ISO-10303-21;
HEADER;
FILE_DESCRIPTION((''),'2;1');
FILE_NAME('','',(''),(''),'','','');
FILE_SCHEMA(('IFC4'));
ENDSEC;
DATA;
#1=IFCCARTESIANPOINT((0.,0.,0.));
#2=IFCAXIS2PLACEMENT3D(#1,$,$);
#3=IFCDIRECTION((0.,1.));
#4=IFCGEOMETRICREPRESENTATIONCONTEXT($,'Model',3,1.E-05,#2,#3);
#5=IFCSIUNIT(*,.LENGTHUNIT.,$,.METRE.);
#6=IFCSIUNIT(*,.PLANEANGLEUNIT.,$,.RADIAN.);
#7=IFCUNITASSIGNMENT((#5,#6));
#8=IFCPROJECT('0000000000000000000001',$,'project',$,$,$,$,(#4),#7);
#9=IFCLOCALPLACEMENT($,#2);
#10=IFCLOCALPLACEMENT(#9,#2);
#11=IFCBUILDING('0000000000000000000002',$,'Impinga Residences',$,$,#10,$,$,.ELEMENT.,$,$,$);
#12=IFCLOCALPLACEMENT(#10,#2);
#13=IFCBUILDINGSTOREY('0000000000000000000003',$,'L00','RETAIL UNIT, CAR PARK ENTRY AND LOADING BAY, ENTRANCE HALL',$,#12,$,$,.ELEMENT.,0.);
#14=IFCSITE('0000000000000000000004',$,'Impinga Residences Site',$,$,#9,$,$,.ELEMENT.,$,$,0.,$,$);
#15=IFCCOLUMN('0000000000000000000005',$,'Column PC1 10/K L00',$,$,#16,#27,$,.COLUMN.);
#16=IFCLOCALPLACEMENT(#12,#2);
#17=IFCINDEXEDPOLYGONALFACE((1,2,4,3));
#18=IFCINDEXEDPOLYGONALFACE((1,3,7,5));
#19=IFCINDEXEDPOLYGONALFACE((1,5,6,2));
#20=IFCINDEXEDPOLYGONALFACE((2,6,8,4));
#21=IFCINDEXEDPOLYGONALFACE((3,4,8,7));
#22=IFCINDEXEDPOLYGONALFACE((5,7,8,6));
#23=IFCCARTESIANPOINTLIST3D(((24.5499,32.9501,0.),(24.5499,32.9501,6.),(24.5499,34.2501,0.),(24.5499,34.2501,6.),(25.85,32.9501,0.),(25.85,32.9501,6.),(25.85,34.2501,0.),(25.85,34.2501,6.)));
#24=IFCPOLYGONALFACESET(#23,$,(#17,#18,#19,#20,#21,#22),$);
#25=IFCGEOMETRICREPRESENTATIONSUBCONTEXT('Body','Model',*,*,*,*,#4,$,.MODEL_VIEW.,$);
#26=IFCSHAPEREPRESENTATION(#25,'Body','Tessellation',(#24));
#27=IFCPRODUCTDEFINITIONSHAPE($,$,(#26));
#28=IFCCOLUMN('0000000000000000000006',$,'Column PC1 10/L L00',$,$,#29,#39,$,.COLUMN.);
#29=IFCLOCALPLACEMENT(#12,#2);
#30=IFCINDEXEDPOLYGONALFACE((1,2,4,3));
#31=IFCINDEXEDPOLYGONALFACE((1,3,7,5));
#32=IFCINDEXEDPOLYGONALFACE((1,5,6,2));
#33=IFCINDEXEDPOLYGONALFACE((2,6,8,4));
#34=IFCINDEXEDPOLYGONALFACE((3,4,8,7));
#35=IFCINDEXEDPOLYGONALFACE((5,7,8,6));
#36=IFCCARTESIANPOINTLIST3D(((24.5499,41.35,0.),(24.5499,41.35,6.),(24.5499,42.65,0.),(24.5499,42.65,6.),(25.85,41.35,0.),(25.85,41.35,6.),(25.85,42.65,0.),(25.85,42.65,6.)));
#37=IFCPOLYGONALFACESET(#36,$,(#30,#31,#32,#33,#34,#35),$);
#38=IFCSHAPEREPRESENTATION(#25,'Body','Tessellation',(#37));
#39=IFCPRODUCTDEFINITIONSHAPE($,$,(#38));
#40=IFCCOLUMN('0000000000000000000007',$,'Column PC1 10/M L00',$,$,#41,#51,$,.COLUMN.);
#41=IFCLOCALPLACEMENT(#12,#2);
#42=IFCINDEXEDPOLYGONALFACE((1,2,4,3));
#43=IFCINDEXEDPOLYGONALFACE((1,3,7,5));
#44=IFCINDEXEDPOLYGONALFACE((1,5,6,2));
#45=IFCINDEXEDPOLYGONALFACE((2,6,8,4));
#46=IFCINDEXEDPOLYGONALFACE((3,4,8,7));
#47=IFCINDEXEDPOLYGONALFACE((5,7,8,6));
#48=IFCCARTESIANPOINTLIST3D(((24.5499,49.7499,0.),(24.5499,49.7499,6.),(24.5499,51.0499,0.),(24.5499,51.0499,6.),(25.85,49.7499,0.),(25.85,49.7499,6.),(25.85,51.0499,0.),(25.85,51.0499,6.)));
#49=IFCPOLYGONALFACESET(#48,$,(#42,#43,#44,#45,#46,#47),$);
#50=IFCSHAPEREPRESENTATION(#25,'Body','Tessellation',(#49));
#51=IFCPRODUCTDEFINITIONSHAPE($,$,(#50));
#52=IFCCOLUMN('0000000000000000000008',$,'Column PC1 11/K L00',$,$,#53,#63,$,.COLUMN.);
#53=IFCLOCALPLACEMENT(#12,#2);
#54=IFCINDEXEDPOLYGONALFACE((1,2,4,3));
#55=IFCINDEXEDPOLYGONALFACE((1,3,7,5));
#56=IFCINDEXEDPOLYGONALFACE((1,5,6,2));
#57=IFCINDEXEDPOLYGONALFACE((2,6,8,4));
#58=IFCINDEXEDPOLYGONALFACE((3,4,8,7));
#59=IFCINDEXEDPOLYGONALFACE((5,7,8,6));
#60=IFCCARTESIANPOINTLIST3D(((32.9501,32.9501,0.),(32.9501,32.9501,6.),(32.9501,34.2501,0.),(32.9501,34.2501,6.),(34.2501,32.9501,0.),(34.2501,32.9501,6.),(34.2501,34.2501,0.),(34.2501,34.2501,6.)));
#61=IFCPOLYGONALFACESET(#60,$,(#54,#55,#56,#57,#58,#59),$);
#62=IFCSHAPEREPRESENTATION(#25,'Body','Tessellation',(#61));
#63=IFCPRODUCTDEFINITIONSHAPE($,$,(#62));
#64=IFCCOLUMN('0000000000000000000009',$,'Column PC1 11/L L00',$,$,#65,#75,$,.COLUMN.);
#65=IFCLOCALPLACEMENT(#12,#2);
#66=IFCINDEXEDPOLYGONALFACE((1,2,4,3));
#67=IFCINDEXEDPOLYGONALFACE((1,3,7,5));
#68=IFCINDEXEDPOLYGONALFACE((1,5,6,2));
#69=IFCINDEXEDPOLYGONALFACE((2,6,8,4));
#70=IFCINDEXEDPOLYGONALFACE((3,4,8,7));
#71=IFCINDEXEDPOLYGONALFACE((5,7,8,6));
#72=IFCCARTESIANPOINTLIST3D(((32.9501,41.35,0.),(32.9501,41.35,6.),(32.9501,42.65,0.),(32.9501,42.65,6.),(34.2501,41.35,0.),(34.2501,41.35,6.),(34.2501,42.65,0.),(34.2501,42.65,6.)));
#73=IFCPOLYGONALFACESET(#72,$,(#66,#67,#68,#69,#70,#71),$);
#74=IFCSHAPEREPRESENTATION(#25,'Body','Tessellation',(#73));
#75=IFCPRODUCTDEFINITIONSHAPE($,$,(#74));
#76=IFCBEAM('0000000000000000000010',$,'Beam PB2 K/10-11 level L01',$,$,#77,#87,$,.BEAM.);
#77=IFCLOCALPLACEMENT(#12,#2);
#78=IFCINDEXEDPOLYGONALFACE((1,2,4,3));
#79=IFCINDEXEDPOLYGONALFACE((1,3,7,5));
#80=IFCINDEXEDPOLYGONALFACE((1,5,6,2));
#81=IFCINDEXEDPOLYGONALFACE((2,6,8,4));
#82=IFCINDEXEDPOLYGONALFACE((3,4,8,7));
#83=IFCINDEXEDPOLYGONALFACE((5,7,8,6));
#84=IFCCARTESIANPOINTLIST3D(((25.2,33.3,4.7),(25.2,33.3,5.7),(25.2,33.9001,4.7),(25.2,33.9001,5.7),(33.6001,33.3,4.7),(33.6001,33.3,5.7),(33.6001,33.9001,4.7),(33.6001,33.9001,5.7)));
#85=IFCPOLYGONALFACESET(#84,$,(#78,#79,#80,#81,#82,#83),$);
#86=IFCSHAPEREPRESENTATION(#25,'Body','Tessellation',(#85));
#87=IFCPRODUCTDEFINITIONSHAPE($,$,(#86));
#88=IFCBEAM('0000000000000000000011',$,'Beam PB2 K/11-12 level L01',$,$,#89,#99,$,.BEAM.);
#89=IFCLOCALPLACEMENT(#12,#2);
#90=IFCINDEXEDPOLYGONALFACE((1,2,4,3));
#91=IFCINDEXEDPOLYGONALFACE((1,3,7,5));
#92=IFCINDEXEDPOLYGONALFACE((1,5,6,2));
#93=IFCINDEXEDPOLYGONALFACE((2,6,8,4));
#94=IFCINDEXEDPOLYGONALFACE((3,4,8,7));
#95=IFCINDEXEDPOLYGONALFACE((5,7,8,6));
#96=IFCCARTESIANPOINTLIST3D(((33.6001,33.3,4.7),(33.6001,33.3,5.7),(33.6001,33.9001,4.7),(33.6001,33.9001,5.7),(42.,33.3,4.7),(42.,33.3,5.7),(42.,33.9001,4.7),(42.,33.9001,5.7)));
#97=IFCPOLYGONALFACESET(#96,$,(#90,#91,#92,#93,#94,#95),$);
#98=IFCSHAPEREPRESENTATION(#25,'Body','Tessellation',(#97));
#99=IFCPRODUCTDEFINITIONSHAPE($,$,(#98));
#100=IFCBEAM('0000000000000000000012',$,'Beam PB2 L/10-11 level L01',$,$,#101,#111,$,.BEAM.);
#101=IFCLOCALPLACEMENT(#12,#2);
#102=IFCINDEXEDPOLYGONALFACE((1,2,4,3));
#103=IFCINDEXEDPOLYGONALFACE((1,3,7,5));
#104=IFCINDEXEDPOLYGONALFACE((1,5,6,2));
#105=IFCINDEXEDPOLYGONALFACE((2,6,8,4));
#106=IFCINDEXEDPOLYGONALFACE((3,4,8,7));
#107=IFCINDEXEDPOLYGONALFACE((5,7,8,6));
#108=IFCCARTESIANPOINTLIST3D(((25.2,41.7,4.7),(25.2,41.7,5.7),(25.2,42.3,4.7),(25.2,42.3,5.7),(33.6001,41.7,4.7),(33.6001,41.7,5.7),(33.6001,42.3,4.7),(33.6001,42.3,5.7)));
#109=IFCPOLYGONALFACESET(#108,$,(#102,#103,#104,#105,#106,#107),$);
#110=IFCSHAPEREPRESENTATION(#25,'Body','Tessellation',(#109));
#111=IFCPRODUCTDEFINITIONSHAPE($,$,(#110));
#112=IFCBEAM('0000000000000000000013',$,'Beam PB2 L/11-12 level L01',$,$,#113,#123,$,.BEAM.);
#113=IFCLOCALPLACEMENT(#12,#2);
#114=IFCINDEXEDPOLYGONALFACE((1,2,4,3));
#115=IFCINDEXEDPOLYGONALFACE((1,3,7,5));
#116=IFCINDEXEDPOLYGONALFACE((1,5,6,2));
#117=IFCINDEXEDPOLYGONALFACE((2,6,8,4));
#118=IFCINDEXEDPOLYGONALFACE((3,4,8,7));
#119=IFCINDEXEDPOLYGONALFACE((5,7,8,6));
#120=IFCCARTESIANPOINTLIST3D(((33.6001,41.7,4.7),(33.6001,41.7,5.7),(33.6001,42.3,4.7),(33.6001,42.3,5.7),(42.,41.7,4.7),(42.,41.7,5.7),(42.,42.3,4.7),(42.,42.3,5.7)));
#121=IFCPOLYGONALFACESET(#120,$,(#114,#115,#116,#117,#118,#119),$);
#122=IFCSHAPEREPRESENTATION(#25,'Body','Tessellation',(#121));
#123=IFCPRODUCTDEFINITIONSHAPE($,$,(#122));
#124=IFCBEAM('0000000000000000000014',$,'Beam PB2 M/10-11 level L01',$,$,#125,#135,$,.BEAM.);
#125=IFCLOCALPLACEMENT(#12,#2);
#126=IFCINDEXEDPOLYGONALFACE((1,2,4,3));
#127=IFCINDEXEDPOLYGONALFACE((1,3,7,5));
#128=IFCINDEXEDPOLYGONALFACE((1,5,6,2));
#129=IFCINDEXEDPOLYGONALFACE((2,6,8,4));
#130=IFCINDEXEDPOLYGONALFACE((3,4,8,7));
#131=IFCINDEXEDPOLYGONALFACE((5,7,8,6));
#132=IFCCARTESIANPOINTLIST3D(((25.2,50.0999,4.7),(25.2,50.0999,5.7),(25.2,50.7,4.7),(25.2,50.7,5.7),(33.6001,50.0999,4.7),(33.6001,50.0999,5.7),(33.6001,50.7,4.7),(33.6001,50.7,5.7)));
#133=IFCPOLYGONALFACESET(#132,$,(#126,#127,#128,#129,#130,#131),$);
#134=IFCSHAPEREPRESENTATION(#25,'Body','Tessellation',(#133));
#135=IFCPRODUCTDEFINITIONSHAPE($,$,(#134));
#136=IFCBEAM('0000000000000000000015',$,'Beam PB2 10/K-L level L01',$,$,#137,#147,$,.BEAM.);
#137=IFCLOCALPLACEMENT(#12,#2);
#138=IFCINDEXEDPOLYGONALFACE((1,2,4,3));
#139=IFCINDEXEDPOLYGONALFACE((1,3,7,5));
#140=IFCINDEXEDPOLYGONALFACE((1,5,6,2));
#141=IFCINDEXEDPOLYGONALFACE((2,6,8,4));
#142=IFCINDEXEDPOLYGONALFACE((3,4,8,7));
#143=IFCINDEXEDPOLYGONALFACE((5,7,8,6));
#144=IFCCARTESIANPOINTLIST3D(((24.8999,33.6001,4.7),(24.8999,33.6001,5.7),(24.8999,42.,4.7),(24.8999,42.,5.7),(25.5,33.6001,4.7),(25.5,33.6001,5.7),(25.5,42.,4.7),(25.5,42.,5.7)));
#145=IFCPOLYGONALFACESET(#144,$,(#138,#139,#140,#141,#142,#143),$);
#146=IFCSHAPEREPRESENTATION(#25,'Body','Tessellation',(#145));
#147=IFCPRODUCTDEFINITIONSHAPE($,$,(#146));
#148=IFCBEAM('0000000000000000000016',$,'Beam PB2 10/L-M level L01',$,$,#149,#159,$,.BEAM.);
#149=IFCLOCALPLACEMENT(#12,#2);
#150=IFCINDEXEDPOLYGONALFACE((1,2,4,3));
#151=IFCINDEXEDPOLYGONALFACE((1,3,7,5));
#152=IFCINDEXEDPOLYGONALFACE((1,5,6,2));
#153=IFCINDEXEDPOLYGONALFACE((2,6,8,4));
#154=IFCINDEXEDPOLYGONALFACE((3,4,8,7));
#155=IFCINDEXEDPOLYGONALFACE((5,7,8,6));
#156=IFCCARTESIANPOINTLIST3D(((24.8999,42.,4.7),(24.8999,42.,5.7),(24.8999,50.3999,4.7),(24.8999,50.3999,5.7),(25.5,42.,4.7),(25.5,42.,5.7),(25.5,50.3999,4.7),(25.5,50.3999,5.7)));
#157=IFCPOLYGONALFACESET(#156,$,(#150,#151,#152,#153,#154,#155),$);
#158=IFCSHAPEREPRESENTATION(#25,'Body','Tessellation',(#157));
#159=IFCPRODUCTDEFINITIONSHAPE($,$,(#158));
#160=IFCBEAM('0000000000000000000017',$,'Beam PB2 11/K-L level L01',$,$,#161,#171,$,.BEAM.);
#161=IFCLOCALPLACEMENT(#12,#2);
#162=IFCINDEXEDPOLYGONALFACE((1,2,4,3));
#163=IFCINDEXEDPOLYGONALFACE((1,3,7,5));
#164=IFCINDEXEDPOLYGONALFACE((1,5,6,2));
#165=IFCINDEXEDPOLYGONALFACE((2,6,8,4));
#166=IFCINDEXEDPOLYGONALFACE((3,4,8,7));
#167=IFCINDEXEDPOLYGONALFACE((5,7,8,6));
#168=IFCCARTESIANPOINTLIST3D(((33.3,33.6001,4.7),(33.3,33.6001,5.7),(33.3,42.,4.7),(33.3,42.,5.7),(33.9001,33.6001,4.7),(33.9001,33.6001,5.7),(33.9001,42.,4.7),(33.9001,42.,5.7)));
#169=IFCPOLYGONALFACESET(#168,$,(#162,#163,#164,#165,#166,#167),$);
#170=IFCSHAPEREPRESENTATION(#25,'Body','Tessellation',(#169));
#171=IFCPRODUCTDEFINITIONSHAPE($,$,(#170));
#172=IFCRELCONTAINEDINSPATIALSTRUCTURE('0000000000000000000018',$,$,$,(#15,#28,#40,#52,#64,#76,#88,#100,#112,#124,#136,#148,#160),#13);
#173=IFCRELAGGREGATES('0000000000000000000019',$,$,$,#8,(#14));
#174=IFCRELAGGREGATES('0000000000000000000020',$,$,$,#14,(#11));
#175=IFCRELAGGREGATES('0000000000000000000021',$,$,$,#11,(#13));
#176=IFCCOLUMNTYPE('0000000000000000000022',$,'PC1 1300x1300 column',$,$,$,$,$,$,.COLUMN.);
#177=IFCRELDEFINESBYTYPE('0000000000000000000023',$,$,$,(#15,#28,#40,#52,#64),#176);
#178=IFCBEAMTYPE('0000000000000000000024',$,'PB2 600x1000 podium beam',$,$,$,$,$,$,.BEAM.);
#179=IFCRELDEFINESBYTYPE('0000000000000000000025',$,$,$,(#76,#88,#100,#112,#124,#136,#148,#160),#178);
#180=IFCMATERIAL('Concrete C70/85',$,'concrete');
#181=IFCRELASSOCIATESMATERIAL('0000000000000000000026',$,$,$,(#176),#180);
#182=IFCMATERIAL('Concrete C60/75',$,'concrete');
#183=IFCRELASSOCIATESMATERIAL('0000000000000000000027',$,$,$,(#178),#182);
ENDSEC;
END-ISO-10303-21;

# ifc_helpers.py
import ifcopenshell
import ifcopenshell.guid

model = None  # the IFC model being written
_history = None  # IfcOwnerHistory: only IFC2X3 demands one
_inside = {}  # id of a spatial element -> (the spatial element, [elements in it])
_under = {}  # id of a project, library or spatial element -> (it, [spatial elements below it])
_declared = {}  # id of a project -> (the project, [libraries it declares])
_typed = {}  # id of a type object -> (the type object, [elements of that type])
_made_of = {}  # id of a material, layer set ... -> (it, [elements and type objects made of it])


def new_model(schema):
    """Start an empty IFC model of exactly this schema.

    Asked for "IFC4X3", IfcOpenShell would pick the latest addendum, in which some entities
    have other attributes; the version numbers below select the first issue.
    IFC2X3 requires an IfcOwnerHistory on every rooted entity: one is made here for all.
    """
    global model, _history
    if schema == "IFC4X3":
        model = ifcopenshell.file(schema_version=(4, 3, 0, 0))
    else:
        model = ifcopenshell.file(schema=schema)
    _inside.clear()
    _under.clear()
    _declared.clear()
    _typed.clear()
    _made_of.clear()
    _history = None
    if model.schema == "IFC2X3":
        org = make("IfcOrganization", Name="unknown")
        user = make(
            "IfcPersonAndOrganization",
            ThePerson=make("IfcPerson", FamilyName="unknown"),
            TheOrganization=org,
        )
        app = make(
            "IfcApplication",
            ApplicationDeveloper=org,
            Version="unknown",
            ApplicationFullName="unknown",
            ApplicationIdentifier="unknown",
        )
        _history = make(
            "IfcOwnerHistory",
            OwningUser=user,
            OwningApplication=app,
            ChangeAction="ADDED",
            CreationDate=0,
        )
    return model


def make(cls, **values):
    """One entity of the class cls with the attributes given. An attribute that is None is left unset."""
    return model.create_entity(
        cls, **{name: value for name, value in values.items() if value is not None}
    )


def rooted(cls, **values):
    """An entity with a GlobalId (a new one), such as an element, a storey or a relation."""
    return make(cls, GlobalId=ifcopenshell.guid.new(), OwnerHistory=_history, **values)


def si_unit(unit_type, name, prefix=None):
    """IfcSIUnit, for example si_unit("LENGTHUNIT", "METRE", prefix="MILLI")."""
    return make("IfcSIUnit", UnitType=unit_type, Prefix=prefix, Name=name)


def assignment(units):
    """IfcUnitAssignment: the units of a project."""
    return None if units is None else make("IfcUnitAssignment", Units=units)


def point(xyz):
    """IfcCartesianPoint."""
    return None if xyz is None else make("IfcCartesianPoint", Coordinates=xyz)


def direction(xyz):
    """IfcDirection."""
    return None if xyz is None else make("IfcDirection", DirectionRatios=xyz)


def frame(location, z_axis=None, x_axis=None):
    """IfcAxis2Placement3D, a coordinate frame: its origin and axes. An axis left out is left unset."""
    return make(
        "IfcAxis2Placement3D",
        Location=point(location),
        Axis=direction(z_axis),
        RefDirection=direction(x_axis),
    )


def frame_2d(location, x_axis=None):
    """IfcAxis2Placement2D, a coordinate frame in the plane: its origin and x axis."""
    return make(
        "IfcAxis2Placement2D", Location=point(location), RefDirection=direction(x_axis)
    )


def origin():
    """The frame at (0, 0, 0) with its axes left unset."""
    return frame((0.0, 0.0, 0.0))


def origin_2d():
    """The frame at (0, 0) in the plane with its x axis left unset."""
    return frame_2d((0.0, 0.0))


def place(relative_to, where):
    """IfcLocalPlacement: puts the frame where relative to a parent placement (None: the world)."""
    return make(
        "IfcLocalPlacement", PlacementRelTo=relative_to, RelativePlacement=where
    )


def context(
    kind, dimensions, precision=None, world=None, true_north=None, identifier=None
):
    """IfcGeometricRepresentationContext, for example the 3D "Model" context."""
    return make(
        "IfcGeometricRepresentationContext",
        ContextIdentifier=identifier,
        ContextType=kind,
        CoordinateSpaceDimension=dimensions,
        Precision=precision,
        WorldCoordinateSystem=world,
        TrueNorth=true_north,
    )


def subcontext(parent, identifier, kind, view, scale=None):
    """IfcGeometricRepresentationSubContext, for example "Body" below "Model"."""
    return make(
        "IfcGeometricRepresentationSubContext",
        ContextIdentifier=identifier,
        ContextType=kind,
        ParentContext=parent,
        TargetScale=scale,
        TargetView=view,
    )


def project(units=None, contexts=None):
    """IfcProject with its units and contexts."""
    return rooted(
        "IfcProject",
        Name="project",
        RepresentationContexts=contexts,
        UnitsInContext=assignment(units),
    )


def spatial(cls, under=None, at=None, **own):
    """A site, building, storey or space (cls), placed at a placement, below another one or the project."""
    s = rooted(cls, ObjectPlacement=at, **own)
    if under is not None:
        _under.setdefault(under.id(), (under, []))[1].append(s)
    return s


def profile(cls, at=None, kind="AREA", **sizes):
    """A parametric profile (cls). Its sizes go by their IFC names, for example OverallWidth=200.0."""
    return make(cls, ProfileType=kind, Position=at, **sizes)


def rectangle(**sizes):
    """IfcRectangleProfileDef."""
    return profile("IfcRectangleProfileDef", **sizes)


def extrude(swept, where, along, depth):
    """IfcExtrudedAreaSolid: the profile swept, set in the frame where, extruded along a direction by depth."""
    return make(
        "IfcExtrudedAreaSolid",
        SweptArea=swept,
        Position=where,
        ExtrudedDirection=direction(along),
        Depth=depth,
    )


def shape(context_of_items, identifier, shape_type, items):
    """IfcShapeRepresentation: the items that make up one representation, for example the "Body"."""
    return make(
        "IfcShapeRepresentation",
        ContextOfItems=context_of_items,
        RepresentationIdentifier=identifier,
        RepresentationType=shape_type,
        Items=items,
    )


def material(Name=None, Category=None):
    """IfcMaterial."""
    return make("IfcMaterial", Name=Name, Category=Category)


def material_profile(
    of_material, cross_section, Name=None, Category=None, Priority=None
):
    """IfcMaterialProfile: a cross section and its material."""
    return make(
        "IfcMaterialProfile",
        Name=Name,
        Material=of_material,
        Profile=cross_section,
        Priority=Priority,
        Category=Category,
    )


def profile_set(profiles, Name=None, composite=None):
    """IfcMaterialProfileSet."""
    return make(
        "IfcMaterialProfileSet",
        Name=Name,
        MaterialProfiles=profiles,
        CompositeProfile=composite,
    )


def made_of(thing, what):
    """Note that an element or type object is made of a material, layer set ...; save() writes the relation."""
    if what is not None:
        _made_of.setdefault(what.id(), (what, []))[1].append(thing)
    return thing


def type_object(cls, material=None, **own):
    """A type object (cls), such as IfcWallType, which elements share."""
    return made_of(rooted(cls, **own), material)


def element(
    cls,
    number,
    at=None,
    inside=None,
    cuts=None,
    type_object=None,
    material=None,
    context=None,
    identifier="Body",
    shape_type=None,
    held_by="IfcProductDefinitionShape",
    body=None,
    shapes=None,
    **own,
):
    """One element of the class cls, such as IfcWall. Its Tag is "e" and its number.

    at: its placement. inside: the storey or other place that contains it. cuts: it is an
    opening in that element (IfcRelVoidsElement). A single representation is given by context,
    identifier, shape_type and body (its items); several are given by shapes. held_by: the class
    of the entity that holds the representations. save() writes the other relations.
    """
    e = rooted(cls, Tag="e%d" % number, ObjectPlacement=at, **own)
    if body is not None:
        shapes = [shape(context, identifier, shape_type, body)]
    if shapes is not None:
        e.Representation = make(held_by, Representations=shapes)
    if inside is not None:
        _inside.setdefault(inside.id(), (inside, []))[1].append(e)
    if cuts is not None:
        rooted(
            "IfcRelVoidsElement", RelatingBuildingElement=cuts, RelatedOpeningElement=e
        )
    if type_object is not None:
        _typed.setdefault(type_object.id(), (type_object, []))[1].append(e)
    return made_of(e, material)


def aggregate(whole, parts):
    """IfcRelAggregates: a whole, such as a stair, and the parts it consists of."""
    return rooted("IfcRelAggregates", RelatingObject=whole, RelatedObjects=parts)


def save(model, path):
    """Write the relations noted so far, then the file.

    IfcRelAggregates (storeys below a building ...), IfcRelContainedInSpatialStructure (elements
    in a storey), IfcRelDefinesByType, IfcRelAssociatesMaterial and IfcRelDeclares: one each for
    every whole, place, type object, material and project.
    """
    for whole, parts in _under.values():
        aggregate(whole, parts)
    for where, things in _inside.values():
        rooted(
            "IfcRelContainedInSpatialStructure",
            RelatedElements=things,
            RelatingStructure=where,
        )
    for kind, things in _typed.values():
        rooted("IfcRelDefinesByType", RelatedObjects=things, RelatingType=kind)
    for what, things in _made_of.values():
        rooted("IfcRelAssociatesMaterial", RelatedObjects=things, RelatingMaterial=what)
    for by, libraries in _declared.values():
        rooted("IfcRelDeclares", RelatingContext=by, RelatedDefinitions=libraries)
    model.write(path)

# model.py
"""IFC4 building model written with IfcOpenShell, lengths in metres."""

from ifc_helpers import new_model, si_unit, direction, frame, origin, origin_2d, place, context, subcontext, project, spatial, rectangle, extrude, material, material_profile, profile_set, type_object, element, save


model = new_model("IFC4")

# Units and contexts
model_context = context("Model", 3, precision=1e-05, world=origin(), true_north=direction((0.0, 1.0)))
body_context = subcontext(model_context, "Body", "Model", "MODEL_VIEW")
ifc_project = project(units=[si_unit("LENGTHUNIT", "METRE"), si_unit("PLANEANGLEUNIT", "RADIAN")], contexts=[model_context])

# Site, building, storey
site_placement = place(None, origin())
site = spatial("IfcSite", under=ifc_project, at=site_placement, Name="Impinga Residences Site", CompositionType="ELEMENT", RefElevation=0.0)
building_placement = place(site_placement, origin())
building = spatial("IfcBuilding", under=site, at=building_placement, Name="Impinga Residences", CompositionType="ELEMENT")
storey_placement = place(building_placement, origin())
storey = spatial("IfcBuildingStorey", under=building, at=storey_placement, Name="L00", Description="RETAIL UNIT, CAR PARK ENTRY AND LOADING BAY, ENTRANCE HALL", CompositionType="ELEMENT", Elevation=0.0)

# Columns
ifc_material_1 = material(Name="Concrete C70/85", Category="concrete")
ifc_material_profile_1 = material_profile(ifc_material_1, rectangle(XDim=1.3, YDim=1.3, at=origin_2d()), Name="RC 1300x1300")
ifc_profile_set_1 = profile_set([ifc_material_profile_1], Name="Concrete C70/85")
column_type = type_object("IfcColumnType", Name="PC1 1300x1300 column", PredefinedType="COLUMN", material=ifc_profile_set_1)
for number, where, z_axis, x_axis, name in (
    (1, (25.2, 33.6001, 0.0), (0.0, 0.0, 1.0), (1.0, 0.0, 0.0), "Column PC1 10/K L00"),
    (2, (25.2, 42.0, 0.0), (0.0, 0.0, 1.0), (1.0, 0.0, 0.0), "Column PC1 10/L L00"),
    (3, (25.2, 50.3999, 0.0), (0.0, 0.0, 1.0), (1.0, 0.0, 0.0), "Column PC1 10/M L00"),
    (4, (33.6001, 33.6001, 0.0), (0.0, 0.0, 1.0), (1.0, 0.0, 0.0), "Column PC1 11/K L00"),
    (5, (33.6001, 42.0, 0.0), (0.0, 0.0, 1.0), (1.0, 0.0, 0.0), "Column PC1 11/L L00"),
):
    element("IfcColumn", number, at=place(storey_placement, frame(where, z_axis=z_axis, x_axis=x_axis)), inside=storey, type_object=column_type, Name=name, PredefinedType="COLUMN", context=body_context, shape_type="SweptSolid", body=[
        extrude(rectangle(XDim=1.3, YDim=1.3, at=origin_2d()), origin(), (0.0, 0.0, 1.0), 6.0),
    ])

# Beams
ifc_material_2 = material(Name="Concrete C60/75", Category="concrete")
ifc_material_profile_2 = material_profile(ifc_material_2, rectangle(XDim=0.6001, YDim=1.0, at=origin_2d()), Name="RC 600x1000")
ifc_profile_set_2 = profile_set([ifc_material_profile_2], Name="Concrete C60/75")
beam_type = type_object("IfcBeamType", Name="PB2 600x1000 podium beam", PredefinedType="BEAM", material=ifc_profile_set_2)
beam_1_placement = place(storey_placement, frame((25.2, 33.6001, 5.2), z_axis=(1.0, 0.0, 0.0), x_axis=(0.0, 1.0, 0.0)))
element("IfcBeam", 6, at=beam_1_placement, inside=storey, type_object=beam_type, Name="Beam PB2 K/10-11 level L01", PredefinedType="BEAM", context=body_context, shape_type="SweptSolid", body=[
    extrude(rectangle(XDim=0.6001, YDim=1.0, at=origin_2d()), origin(), (0.0, 0.0, 1.0), 8.4001),
])
beam_2_placement = place(storey_placement, frame((33.6001, 33.6001, 5.2), z_axis=(1.0, 0.0, 0.0), x_axis=(0.0, 1.0, 0.0)))
element("IfcBeam", 7, at=beam_2_placement, inside=storey, type_object=beam_type, Name="Beam PB2 K/11-12 level L01", PredefinedType="BEAM", context=body_context, shape_type="SweptSolid", body=[
    extrude(rectangle(XDim=0.6001, YDim=1.0, at=origin_2d()), origin(), (0.0, 0.0, 1.0), 8.3999),
])
beam_3_placement = place(storey_placement, frame((25.2, 42.0, 5.2), z_axis=(1.0, 0.0, 0.0), x_axis=(0.0, 1.0, 0.0)))
element("IfcBeam", 8, at=beam_3_placement, inside=storey, type_object=beam_type, Name="Beam PB2 L/10-11 level L01", PredefinedType="BEAM", context=body_context, shape_type="SweptSolid", body=[
    extrude(rectangle(XDim=0.6001, YDim=1.0, at=origin_2d()), origin(), (0.0, 0.0, 1.0), 8.4001),
])
beam_4_placement = place(storey_placement, frame((33.6001, 42.0, 5.2), z_axis=(1.0, 0.0, 0.0), x_axis=(0.0, 1.0, 0.0)))
element("IfcBeam", 9, at=beam_4_placement, inside=storey, type_object=beam_type, Name="Beam PB2 L/11-12 level L01", PredefinedType="BEAM", context=body_context, shape_type="SweptSolid", body=[
    extrude(rectangle(XDim=0.6001, YDim=1.0, at=origin_2d()), origin(), (0.0, 0.0, 1.0), 8.3999),
])
beam_5_placement = place(storey_placement, frame((25.2, 50.3999, 5.2), z_axis=(1.0, 0.0, 0.0), x_axis=(0.0, 1.0, 0.0)))
element("IfcBeam", 10, at=beam_5_placement, inside=storey, type_object=beam_type, Name="Beam PB2 M/10-11 level L01", PredefinedType="BEAM", context=body_context, shape_type="SweptSolid", body=[
    extrude(rectangle(XDim=0.6001, YDim=1.0, at=origin_2d()), origin(), (0.0, 0.0, 1.0), 8.4001),
])
for number, where, z_axis, x_axis, name in (
    (11, (25.2, 33.6001, 5.2), (0.0, 1.0, 0.0), (-1.0, 0.0, 0.0), "Beam PB2 10/K-L level L01"),
    (12, (25.2, 42.0, 5.2), (0.0, 1.0, 0.0), (-1.0, 0.0, 0.0), "Beam PB2 10/L-M level L01"),
    (13, (33.6001, 33.6001, 5.2), (0.0, 1.0, 0.0), (-1.0, 0.0, 0.0), "Beam PB2 11/K-L level L01"),
):
    element("IfcBeam", number, at=place(storey_placement, frame(where, z_axis=z_axis, x_axis=x_axis)), inside=storey, type_object=beam_type, Name=name, PredefinedType="BEAM", context=body_context, shape_type="SweptSolid", body=[
        extrude(rectangle(XDim=0.6001, YDim=1.0, at=origin_2d()), origin(), (0.0, 0.0, 1.0), 8.3999),
    ])

save(model, "model.ifc")
